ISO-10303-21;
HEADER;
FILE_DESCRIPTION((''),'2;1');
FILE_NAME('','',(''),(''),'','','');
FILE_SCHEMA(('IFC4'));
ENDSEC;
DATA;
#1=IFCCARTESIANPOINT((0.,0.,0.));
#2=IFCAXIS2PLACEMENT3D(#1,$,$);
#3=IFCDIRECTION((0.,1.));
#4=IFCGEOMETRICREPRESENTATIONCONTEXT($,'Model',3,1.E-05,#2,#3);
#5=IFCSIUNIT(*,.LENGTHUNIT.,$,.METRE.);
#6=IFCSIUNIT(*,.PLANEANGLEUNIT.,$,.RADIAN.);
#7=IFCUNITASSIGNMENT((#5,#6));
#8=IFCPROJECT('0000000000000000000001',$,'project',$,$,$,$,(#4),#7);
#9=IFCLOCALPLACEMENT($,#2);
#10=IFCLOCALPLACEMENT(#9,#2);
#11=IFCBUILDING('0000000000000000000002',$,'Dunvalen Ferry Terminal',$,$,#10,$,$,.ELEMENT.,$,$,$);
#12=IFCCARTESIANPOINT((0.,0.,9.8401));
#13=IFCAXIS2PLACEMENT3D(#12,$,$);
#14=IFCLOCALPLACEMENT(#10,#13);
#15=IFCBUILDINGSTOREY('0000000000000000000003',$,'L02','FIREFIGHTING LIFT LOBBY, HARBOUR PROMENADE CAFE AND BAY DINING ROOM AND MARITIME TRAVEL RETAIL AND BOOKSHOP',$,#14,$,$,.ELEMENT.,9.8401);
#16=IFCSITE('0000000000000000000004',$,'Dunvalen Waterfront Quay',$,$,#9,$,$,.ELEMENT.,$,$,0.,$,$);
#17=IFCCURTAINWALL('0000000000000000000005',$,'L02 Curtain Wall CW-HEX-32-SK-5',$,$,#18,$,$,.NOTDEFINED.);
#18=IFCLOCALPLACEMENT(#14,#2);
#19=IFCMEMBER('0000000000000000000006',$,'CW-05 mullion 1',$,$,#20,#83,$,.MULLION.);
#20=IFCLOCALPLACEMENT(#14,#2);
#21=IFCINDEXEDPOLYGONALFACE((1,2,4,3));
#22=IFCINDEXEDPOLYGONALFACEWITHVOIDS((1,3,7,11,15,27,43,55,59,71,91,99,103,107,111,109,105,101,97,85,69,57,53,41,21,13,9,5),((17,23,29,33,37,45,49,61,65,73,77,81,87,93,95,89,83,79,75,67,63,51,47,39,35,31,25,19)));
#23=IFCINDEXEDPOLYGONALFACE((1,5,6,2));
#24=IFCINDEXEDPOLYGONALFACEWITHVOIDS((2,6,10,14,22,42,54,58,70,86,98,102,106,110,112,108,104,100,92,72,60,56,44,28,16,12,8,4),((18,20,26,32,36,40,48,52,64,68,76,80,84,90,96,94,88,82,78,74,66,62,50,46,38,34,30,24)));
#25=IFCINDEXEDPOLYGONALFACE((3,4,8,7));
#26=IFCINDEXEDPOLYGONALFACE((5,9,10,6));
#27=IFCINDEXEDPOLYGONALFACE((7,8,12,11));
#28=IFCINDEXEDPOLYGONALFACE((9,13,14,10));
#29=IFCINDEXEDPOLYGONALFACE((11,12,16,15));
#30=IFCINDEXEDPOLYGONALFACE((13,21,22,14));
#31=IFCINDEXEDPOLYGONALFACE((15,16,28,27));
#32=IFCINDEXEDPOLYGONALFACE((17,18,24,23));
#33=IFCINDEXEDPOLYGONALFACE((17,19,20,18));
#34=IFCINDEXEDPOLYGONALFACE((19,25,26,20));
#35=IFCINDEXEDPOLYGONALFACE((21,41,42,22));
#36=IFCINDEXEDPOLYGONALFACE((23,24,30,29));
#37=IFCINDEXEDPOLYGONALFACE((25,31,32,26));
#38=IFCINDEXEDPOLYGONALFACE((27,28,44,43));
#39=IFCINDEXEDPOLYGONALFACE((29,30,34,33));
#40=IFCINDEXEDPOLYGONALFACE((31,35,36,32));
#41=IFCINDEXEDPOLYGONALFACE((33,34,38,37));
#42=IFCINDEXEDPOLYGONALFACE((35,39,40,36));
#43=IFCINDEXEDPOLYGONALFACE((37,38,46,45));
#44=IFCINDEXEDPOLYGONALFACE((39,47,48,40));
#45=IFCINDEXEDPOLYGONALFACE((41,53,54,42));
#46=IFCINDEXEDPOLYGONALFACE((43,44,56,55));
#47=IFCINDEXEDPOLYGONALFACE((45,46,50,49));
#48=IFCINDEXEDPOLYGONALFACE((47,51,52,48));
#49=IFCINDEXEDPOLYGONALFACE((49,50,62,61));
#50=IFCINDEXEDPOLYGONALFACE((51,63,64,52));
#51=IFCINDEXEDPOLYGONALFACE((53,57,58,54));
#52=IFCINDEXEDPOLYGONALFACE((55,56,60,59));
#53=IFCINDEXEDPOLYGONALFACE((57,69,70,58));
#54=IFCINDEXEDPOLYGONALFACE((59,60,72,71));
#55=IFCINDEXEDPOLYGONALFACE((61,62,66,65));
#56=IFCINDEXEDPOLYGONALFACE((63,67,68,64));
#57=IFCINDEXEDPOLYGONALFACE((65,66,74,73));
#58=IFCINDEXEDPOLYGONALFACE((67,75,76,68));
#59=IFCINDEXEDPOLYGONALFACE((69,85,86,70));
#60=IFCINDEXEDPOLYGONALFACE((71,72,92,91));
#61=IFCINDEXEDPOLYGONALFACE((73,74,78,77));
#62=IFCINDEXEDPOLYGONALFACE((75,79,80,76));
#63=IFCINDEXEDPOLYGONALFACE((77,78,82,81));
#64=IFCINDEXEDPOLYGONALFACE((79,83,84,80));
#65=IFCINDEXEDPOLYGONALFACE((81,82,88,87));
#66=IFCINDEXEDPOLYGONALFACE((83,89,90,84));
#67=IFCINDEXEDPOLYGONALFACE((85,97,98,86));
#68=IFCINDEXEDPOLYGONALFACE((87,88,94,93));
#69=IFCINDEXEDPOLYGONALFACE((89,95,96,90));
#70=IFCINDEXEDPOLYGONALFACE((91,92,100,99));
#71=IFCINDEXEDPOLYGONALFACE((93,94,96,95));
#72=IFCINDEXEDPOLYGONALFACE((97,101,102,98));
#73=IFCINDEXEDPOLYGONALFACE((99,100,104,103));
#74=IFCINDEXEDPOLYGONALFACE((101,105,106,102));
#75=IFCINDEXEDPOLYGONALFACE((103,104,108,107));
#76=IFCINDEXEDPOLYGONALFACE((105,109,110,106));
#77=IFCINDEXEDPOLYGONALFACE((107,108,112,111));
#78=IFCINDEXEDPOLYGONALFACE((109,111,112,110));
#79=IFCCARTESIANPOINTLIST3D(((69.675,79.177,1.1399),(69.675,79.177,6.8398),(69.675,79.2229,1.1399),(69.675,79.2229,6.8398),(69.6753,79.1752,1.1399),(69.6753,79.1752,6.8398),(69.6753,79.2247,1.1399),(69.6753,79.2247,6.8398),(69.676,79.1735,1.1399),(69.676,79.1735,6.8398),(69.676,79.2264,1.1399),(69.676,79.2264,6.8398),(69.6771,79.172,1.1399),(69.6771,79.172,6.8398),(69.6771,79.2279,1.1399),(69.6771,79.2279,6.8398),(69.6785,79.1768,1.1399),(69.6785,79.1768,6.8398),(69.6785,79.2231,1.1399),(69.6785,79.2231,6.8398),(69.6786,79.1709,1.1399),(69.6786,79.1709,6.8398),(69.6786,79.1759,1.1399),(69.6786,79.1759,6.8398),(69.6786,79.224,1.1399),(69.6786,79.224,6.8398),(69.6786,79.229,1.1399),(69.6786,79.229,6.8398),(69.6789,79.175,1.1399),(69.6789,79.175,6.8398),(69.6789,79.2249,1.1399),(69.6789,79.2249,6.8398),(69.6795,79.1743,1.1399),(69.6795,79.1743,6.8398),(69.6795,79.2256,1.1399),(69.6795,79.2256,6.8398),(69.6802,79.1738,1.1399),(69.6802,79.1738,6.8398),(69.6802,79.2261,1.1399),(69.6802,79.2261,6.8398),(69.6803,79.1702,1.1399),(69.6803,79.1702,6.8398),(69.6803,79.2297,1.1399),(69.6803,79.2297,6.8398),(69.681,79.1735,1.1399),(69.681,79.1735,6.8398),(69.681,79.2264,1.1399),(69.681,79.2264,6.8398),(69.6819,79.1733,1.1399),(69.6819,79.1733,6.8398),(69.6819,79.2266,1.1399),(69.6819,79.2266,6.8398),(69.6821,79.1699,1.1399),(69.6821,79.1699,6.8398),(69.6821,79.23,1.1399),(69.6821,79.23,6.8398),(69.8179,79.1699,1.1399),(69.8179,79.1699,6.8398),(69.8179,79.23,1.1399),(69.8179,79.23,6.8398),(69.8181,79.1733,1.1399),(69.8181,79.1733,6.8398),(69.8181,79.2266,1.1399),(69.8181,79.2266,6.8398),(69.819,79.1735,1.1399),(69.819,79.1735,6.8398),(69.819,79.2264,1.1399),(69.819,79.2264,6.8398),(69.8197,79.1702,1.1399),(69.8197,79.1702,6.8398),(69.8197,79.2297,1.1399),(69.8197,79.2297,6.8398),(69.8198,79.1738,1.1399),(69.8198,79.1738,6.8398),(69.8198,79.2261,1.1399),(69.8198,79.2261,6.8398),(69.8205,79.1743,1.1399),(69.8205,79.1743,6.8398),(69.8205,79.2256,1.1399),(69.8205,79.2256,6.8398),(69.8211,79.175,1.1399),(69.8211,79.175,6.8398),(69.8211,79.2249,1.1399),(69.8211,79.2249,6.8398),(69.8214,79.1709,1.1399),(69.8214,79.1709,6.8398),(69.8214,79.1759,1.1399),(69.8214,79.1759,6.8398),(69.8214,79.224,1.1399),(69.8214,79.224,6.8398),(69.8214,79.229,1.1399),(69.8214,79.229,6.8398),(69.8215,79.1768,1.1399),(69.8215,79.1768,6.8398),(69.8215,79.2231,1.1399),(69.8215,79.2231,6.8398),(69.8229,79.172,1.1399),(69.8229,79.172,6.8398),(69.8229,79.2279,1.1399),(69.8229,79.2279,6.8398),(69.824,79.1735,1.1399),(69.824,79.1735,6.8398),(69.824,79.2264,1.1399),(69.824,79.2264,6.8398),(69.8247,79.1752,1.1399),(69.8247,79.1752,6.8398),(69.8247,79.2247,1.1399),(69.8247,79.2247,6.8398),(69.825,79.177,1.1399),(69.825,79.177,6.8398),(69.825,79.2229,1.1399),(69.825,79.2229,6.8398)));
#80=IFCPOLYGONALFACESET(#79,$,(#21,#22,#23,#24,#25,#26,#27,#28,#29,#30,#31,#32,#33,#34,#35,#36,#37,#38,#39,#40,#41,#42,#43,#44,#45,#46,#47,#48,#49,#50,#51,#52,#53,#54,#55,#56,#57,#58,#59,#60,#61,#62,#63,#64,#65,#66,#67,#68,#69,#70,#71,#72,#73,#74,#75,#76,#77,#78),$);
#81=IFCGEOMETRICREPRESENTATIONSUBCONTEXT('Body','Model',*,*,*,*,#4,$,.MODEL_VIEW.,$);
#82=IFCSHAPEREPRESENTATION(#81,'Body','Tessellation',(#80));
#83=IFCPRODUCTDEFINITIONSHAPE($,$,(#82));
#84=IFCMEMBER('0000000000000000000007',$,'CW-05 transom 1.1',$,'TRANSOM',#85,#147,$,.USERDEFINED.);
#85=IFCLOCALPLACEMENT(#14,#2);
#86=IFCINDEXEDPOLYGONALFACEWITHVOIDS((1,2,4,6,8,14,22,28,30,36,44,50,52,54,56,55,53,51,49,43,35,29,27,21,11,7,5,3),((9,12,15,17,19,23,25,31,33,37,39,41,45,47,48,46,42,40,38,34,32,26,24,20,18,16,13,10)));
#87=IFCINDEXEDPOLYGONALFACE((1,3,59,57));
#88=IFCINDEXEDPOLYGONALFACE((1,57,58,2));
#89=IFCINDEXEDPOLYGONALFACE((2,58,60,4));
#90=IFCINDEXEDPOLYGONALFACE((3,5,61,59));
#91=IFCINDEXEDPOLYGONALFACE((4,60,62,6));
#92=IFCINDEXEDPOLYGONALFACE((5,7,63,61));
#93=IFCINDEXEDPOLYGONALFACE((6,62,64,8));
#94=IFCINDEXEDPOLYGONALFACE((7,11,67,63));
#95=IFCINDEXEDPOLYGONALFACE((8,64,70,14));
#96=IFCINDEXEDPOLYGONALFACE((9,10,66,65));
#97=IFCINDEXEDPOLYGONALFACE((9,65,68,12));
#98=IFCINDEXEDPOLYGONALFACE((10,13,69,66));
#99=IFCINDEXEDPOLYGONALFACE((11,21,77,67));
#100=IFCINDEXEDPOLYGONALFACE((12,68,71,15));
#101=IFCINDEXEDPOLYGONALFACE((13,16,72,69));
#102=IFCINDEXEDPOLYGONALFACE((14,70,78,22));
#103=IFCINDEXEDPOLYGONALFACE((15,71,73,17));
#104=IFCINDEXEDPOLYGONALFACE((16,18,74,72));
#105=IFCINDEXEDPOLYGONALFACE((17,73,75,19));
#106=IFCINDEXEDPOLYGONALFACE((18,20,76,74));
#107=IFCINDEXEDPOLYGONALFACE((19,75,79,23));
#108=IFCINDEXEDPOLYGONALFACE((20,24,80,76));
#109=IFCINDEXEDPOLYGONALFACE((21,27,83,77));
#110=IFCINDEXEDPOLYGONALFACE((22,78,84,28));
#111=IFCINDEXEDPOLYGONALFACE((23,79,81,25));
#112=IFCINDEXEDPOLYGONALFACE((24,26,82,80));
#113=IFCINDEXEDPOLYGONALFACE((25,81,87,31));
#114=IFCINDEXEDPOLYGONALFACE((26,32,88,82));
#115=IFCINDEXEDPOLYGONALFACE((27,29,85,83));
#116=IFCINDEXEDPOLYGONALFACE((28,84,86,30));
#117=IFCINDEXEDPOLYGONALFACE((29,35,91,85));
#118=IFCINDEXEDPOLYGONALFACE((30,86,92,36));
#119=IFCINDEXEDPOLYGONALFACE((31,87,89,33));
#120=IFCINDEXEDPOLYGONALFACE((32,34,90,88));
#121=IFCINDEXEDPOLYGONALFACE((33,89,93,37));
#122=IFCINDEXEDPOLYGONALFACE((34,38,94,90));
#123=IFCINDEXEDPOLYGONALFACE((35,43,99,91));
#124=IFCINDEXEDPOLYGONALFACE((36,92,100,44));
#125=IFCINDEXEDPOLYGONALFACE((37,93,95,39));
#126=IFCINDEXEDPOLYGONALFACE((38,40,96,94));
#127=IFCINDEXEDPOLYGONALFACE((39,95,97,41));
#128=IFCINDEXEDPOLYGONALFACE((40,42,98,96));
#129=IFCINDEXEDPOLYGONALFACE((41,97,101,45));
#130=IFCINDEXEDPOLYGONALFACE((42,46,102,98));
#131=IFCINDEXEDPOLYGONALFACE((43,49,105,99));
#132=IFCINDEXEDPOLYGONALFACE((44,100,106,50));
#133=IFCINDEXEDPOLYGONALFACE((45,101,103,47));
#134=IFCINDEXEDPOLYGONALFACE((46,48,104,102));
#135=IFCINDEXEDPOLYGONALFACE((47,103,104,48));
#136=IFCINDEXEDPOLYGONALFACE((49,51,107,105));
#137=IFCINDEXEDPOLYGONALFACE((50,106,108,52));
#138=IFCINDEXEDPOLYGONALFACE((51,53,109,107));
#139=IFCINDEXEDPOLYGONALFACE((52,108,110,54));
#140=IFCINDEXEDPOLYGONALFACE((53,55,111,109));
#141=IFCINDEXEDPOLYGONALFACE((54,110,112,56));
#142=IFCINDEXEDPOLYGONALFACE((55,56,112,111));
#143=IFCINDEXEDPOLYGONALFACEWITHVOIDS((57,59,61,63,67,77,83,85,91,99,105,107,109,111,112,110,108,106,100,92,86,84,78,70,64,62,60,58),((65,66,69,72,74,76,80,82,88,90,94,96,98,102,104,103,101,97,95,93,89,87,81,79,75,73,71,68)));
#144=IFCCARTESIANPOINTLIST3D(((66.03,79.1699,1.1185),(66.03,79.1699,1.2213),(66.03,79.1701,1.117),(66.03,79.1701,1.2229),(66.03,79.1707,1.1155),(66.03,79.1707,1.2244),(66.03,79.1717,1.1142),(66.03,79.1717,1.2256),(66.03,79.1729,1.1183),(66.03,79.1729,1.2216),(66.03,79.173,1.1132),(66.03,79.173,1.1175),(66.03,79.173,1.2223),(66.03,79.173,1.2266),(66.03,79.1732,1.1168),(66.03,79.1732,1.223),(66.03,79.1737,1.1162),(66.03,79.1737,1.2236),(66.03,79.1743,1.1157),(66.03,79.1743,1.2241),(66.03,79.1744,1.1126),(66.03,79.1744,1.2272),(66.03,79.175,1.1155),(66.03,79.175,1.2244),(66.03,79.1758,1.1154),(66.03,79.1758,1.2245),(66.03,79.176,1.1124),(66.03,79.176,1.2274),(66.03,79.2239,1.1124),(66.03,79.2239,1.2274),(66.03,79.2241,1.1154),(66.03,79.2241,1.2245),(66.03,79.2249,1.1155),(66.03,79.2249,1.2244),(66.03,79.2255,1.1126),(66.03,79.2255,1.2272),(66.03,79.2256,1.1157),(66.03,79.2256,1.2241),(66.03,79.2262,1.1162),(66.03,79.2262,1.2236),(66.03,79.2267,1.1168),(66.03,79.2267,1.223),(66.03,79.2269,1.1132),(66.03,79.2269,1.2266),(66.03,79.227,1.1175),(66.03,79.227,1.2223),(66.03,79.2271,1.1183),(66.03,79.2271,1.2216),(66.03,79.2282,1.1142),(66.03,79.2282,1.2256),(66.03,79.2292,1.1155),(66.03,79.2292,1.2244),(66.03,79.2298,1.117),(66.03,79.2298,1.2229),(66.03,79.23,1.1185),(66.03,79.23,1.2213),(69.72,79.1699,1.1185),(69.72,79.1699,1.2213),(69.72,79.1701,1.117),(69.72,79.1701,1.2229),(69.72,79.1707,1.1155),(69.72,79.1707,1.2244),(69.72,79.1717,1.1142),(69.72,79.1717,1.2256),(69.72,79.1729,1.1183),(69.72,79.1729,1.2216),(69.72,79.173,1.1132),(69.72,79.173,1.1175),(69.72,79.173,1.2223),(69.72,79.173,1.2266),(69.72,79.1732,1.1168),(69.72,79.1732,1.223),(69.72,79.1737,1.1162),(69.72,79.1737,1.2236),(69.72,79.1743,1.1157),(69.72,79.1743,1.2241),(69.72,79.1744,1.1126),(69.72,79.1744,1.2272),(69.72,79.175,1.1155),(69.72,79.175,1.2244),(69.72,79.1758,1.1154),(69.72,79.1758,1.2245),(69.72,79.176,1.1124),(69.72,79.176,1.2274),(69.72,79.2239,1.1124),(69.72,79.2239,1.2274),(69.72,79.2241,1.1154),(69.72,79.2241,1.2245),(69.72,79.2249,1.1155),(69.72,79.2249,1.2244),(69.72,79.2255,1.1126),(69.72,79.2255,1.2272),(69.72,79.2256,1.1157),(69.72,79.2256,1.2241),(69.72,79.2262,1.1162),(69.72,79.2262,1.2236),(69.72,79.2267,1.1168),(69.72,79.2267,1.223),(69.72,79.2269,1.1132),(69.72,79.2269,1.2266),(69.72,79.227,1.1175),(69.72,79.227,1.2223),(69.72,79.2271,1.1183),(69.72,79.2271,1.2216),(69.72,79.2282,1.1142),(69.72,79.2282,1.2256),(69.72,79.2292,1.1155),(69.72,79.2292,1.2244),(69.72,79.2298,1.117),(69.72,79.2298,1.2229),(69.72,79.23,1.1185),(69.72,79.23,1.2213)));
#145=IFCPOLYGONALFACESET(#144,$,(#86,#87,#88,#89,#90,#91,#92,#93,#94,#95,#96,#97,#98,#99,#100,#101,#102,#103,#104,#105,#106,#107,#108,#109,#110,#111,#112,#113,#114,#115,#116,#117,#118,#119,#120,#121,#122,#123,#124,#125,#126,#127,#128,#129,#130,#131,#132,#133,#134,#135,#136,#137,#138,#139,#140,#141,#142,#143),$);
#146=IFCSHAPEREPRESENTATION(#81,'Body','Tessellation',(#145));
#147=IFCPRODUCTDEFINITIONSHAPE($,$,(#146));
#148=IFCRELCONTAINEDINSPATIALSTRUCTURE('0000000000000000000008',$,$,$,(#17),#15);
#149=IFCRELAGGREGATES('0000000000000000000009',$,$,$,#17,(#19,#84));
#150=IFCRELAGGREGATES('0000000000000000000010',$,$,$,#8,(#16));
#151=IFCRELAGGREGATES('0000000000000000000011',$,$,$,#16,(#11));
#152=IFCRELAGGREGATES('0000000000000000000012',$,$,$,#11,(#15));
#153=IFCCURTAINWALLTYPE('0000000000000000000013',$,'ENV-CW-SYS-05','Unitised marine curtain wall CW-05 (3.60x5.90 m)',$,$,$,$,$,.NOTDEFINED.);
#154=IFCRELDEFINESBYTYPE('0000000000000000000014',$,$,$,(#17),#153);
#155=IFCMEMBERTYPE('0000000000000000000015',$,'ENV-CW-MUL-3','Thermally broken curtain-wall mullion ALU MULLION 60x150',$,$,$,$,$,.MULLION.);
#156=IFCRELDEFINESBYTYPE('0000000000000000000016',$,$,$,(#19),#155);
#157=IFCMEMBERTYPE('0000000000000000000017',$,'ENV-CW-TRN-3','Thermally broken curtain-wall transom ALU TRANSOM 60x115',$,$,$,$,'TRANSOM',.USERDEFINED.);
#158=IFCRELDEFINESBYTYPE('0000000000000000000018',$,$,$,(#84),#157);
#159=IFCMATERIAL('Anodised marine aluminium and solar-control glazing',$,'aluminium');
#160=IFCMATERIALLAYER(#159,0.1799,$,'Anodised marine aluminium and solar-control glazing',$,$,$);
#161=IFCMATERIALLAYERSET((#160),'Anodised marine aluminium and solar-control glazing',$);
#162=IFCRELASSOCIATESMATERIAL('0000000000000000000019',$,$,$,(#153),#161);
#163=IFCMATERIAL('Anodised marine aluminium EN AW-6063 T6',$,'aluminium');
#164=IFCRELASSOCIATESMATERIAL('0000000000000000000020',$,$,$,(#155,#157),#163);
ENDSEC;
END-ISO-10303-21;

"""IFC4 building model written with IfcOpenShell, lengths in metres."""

from ifc_helpers import new_model, si_unit, direction, frame, origin, origin_2d, place, context, subcontext, project, spatial, hollow_rectangle, extrude, material, layer, layer_set, material_profile, profile_set, type_object, element, aggregate, save


model = new_model("IFC4")

# Units and contexts
model_context = context("Model", 3, precision=1e-05, world=origin(), true_north=direction((0.0, 1.0)))
body_context = subcontext(model_context, "Body", "Model", "MODEL_VIEW")
ifc_project = project(units=[si_unit("LENGTHUNIT", "METRE"), si_unit("PLANEANGLEUNIT", "RADIAN")], contexts=[model_context])

# Site, building, storey
site_placement = place(None, origin())
site = spatial("IfcSite", under=ifc_project, at=site_placement, Name="Dunvalen Waterfront Quay", CompositionType="ELEMENT", RefElevation=0.0)
building_placement = place(site_placement, origin())
building = spatial("IfcBuilding", under=site, at=building_placement, Name="Dunvalen Ferry Terminal", CompositionType="ELEMENT")
storey_placement = place(building_placement, frame((0.0, 0.0, 9.8401)))
storey = spatial("IfcBuildingStorey", under=building, at=storey_placement, Name="L02", Description="FIREFIGHTING LIFT LOBBY, HARBOUR PROMENADE CAFE AND BAY DINING ROOM AND MARITIME TRAVEL RETAIL AND BOOKSHOP", CompositionType="ELEMENT", Elevation=9.8401)

# Curtain wall, members
ifc_material_1 = material(Name="Anodised marine aluminium and solar-control glazing", Category="aluminium")
ifc_layer_1 = layer(ifc_material_1, 0.1799, Name="Anodised marine aluminium and solar-control glazing")
ifc_layer_set_1 = layer_set([ifc_layer_1], Name="Anodised marine aluminium and solar-control glazing")
curtain_wall_type = type_object("IfcCurtainWallType", Name="ENV-CW-SYS-05", Description="Unitised marine curtain wall CW-05 (3.60x5.90 m)", PredefinedType="NOTDEFINED", material=ifc_layer_set_1)
curtain_wall_placement = place(storey_placement, origin())
curtain_wall = element("IfcCurtainWall", 1, at=curtain_wall_placement, inside=storey, type_object=curtain_wall_type, Name="L02 Curtain Wall CW-HEX-32-SK-5", PredefinedType="NOTDEFINED")
ifc_material_2 = material(Name="Anodised marine aluminium EN AW-6063 T6", Category="aluminium")
ifc_material_profile_1 = material_profile(ifc_material_2, hollow_rectangle(XDim=0.0601, YDim=0.1499, WallThickness=0.0034, InnerFilletRadius=0.0034, OuterFilletRadius=0.0071, at=origin_2d()), Name="Anodised marine aluminium EN AW-6063 T6")
ifc_profile_set_1 = profile_set([ifc_material_profile_1], Name="Anodised marine aluminium EN AW-6063 T6")
member_type_1 = type_object("IfcMemberType", Name="ENV-CW-MUL-3", Description="Thermally broken curtain-wall mullion ALU MULLION 60x150", PredefinedType="MULLION", material=ifc_profile_set_1)
member_1_placement = place(storey_placement, frame((69.75, 79.2, 1.1399), z_axis=(0.0, 0.0, 1.0), x_axis=(0.0, -1.0, 0.0)))
member_1 = element("IfcMember", 2, at=member_1_placement, type_object=member_type_1, Name="CW-05 mullion 1", PredefinedType="MULLION", context=body_context, shape_type="SweptSolid", body=[
    extrude(hollow_rectangle(XDim=0.0601, YDim=0.1499, WallThickness=0.0034, InnerFilletRadius=0.0034, OuterFilletRadius=0.0071, at=origin_2d()), origin(), (0.0, 0.0, 1.0), 5.7),
])
ifc_material_profile_2 = material_profile(ifc_material_2, hollow_rectangle(XDim=0.0601, YDim=0.115, WallThickness=0.0029, InnerFilletRadius=0.0029, OuterFilletRadius=0.0061, at=origin_2d()), Name="Anodised marine aluminium EN AW-6063 T6")
ifc_profile_set_2 = profile_set([ifc_material_profile_2], Name="Anodised marine aluminium EN AW-6063 T6")
member_type_2 = type_object("IfcMemberType", Name="ENV-CW-TRN-3", Description="Thermally broken curtain-wall transom ALU TRANSOM 60x115", ElementType="TRANSOM", PredefinedType="USERDEFINED", material=ifc_profile_set_2)
member_2_placement = place(storey_placement, frame((69.72, 79.2, 1.1699), z_axis=(-1.0, 0.0, 0.0), x_axis=(0.0, -1.0, 0.0)))
member_2 = element("IfcMember", 3, at=member_2_placement, type_object=member_type_2, Name="CW-05 transom 1.1", ObjectType="TRANSOM", PredefinedType="USERDEFINED", context=body_context, shape_type="SweptSolid", body=[
    extrude(hollow_rectangle(XDim=0.0601, YDim=0.115, WallThickness=0.0029, InnerFilletRadius=0.0029, OuterFilletRadius=0.0061, at=origin_2d()), origin(), (0.0, 0.0, 1.0), 3.6899),
])

aggregate(curtain_wall, [member_1, member_2])

save(model, "model.ifc")
